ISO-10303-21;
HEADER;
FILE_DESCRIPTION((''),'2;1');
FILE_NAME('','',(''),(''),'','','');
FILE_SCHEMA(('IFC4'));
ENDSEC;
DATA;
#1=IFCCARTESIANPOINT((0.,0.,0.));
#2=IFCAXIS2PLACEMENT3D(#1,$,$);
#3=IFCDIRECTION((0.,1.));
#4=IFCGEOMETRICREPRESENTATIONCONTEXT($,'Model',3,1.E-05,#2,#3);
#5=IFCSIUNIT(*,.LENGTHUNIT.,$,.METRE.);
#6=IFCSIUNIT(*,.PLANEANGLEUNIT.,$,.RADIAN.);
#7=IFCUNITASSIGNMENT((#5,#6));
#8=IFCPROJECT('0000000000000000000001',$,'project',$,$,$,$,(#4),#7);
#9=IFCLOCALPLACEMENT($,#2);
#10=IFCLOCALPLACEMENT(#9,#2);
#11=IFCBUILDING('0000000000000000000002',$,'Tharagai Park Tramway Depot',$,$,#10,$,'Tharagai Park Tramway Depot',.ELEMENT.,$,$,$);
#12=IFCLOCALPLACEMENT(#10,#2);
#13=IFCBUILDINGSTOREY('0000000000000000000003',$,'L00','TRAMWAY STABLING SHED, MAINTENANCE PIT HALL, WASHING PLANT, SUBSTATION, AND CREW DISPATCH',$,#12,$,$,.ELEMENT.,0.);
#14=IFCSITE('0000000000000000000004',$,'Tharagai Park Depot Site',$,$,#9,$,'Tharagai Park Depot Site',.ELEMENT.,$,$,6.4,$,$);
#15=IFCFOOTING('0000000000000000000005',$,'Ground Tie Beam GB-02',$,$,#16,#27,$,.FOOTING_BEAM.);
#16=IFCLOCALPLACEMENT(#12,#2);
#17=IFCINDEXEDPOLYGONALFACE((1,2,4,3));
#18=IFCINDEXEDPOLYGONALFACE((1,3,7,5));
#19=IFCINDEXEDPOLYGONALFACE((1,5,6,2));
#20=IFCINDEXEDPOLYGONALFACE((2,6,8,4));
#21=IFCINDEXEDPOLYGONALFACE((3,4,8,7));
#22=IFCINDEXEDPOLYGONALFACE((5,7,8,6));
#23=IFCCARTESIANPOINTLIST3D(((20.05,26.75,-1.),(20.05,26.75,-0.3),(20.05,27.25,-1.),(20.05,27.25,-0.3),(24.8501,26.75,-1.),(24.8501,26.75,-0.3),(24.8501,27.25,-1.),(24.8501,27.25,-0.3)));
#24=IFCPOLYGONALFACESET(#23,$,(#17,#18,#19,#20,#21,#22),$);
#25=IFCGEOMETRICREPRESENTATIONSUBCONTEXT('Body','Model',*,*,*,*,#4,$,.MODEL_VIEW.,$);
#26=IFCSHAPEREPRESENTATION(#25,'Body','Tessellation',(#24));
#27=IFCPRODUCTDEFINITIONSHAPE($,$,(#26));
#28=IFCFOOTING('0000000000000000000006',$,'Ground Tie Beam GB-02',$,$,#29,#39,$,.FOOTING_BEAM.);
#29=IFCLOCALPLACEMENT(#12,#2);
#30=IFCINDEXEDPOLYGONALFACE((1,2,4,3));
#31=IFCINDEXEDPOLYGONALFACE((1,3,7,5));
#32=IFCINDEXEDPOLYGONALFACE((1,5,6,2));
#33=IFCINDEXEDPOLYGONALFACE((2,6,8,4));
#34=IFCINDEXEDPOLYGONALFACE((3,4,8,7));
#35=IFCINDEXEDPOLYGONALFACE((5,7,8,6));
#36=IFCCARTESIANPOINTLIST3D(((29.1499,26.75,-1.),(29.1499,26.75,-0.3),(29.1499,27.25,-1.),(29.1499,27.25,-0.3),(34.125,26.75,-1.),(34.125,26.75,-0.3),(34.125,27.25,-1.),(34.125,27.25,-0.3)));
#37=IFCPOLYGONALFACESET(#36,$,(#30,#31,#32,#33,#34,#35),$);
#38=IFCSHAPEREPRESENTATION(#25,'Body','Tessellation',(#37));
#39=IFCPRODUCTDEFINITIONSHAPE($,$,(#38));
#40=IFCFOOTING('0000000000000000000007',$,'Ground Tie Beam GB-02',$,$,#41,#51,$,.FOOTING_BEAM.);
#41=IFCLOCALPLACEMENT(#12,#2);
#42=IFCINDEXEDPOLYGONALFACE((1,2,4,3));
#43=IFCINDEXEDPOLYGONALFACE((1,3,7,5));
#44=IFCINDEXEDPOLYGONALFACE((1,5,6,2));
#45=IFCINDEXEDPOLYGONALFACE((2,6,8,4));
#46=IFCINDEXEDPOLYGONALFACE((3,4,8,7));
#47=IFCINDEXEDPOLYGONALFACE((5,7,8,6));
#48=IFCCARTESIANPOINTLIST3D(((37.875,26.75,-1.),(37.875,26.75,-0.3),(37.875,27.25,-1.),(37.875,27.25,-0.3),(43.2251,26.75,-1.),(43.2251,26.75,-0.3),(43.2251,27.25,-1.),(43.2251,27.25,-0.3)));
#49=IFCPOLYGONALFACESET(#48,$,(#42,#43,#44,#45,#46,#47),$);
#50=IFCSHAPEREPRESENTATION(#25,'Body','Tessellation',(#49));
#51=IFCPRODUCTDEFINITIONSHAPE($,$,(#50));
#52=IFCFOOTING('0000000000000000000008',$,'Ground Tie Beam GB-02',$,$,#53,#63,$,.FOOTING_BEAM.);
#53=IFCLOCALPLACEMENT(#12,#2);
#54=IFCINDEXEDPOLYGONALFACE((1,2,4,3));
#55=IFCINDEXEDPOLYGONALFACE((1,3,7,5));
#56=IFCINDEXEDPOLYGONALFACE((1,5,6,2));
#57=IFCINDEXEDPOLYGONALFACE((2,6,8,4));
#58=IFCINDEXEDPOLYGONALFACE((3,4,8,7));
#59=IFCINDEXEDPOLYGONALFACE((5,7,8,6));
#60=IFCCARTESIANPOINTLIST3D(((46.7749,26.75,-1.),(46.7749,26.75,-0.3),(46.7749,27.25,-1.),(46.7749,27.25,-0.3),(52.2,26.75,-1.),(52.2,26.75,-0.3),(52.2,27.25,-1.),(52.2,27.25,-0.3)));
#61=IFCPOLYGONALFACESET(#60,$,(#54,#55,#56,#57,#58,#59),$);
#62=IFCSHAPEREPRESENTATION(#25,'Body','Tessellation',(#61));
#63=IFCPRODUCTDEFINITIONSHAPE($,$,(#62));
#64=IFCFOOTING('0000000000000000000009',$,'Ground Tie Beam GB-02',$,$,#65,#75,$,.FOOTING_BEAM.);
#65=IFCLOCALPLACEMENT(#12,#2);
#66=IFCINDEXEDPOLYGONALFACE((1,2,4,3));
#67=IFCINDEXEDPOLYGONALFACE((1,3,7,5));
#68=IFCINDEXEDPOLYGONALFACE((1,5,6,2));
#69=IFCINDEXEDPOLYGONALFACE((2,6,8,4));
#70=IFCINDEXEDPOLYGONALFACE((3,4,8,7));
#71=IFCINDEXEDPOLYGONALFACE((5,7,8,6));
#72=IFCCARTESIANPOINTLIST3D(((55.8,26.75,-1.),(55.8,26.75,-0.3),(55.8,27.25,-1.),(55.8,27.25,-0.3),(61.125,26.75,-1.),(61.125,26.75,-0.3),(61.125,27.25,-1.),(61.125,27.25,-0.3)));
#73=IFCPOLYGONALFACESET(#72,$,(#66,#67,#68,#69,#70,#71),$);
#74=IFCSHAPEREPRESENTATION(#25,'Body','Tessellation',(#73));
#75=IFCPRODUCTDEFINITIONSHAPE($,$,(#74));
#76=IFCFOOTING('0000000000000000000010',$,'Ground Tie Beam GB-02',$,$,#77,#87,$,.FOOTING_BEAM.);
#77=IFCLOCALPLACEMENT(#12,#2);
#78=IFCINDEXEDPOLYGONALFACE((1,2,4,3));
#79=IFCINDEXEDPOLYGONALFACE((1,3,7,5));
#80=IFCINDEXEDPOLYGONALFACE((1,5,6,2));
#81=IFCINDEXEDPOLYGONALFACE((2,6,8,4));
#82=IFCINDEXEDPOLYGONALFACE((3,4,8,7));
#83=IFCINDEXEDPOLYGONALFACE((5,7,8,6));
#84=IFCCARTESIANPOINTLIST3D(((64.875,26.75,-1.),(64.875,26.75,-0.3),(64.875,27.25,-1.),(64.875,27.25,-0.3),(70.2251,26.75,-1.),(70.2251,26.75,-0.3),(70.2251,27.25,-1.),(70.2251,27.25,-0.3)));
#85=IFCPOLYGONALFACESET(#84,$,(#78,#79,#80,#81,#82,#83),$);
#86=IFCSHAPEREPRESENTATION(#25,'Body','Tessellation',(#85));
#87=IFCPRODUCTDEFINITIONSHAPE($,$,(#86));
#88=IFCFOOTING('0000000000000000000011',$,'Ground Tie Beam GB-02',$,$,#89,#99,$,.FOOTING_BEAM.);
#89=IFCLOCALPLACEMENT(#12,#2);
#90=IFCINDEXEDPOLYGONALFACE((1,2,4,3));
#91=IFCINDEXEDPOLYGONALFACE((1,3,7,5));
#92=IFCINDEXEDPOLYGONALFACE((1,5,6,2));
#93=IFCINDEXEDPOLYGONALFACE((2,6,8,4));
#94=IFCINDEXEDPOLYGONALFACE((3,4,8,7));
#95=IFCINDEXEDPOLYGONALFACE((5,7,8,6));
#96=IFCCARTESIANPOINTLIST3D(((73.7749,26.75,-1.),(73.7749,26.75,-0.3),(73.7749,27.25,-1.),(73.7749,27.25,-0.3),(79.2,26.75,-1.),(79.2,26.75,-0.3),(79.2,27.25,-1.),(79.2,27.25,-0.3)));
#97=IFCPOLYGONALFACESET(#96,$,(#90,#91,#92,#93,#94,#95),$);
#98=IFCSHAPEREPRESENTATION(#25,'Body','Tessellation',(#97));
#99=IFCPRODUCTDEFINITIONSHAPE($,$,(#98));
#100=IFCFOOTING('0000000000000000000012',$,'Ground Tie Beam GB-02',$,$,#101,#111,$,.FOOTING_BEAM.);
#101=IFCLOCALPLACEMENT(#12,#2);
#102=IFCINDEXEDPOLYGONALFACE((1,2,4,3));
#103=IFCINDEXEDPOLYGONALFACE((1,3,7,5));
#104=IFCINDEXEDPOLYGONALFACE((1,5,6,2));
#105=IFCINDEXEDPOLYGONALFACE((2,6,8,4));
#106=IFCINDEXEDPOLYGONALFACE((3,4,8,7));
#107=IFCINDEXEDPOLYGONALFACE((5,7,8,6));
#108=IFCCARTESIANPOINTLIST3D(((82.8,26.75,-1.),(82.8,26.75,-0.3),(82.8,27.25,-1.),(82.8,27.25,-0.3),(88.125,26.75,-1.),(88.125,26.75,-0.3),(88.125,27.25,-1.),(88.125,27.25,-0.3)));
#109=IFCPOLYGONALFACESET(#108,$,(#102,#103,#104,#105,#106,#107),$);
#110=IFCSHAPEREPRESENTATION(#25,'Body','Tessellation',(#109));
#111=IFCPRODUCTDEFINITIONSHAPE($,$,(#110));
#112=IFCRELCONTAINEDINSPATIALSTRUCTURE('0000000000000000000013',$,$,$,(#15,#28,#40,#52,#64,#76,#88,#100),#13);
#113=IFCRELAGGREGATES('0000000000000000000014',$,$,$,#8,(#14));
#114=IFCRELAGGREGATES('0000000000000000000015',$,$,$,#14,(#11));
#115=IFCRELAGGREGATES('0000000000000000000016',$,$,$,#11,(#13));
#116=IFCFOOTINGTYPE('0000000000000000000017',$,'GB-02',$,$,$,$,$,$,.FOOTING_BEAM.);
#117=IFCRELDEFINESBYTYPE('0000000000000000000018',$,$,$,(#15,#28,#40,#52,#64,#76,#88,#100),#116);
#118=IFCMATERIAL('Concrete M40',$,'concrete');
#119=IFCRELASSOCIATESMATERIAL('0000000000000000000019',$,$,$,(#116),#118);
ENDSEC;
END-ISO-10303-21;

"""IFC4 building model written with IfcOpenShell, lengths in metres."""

from ifc_helpers import new_model, si_unit, direction, frame, origin, place, context, subcontext, project, spatial, polyline, outline, extrude, material, type_object, element, save


model = new_model("IFC4")

# Units and contexts
model_context = context("Model", 3, precision=1e-05, world=origin(), true_north=direction((0.0, 1.0)))
body_context = subcontext(model_context, "Body", "Model", "MODEL_VIEW")
ifc_project = project(units=[si_unit("LENGTHUNIT", "METRE"), si_unit("PLANEANGLEUNIT", "RADIAN")], contexts=[model_context])

# Site, building, storey
site_placement = place(None, origin())
site = spatial("IfcSite", under=ifc_project, at=site_placement, Name="Tharagai Park Depot Site", LongName="Tharagai Park Depot Site", CompositionType="ELEMENT", RefElevation=6.4)
building_placement = place(site_placement, origin())
building = spatial("IfcBuilding", under=site, at=building_placement, Name="Tharagai Park Tramway Depot", LongName="Tharagai Park Tramway Depot", CompositionType="ELEMENT")
storey_placement = place(building_placement, origin())
storey = spatial("IfcBuildingStorey", under=building, at=storey_placement, Name="L00", Description="TRAMWAY STABLING SHED, MAINTENANCE PIT HALL, WASHING PLANT, SUBSTATION, AND CREW DISPATCH", CompositionType="ELEMENT", Elevation=0.0)

# Footings
ifc_material = material(Name="Concrete M40", Category="concrete")
footing_type = type_object("IfcFootingType", Name="GB-02", PredefinedType="FOOTING_BEAM", material=ifc_material)
footing_1_placement = place(storey_placement, frame((0.0, 0.0, -1.0)))
element("IfcFooting", 1, at=footing_1_placement, inside=storey, type_object=footing_type, Name="Ground Tie Beam GB-02", PredefinedType="FOOTING_BEAM", context=body_context, shape_type="SweptSolid", body=[
    extrude(outline(polyline([(20.05, 26.75), (24.8501, 26.75), (24.8501, 27.25), (20.05, 27.25), (20.05, 26.75)])), origin(), (0.0, 0.0, 1.0), 0.7),
])
footing_2_placement = place(storey_placement, frame((0.0, 0.0, -1.0)))
element("IfcFooting", 2, at=footing_2_placement, inside=storey, type_object=footing_type, Name="Ground Tie Beam GB-02", PredefinedType="FOOTING_BEAM", context=body_context, shape_type="SweptSolid", body=[
    extrude(outline(polyline([(29.1499, 26.75), (34.125, 26.75), (34.125, 27.25), (29.1499, 27.25), (29.1499, 26.75)])), origin(), (0.0, 0.0, 1.0), 0.7),
])
footing_3_placement = place(storey_placement, frame((0.0, 0.0, -1.0)))
element("IfcFooting", 3, at=footing_3_placement, inside=storey, type_object=footing_type, Name="Ground Tie Beam GB-02", PredefinedType="FOOTING_BEAM", context=body_context, shape_type="SweptSolid", body=[
    extrude(outline(polyline([(37.875, 26.75), (43.2251, 26.75), (43.2251, 27.25), (37.875, 27.25), (37.875, 26.75)])), origin(), (0.0, 0.0, 1.0), 0.7),
])
footing_4_placement = place(storey_placement, frame((0.0, 0.0, -1.0)))
element("IfcFooting", 4, at=footing_4_placement, inside=storey, type_object=footing_type, Name="Ground Tie Beam GB-02", PredefinedType="FOOTING_BEAM", context=body_context, shape_type="SweptSolid", body=[
    extrude(outline(polyline([(46.7749, 26.75), (52.2, 26.75), (52.2, 27.25), (46.7749, 27.25), (46.7749, 26.75)])), origin(), (0.0, 0.0, 1.0), 0.7),
])
footing_5_placement = place(storey_placement, frame((0.0, 0.0, -1.0)))
element("IfcFooting", 5, at=footing_5_placement, inside=storey, type_object=footing_type, Name="Ground Tie Beam GB-02", PredefinedType="FOOTING_BEAM", context=body_context, shape_type="SweptSolid", body=[
    extrude(outline(polyline([(55.8, 26.75), (61.125, 26.75), (61.125, 27.25), (55.8, 27.25), (55.8, 26.75)])), origin(), (0.0, 0.0, 1.0), 0.7),
])
footing_6_placement = place(storey_placement, frame((0.0, 0.0, -1.0)))
element("IfcFooting", 6, at=footing_6_placement, inside=storey, type_object=footing_type, Name="Ground Tie Beam GB-02", PredefinedType="FOOTING_BEAM", context=body_context, shape_type="SweptSolid", body=[
    extrude(outline(polyline([(64.875, 26.75), (70.2251, 26.75), (70.2251, 27.25), (64.875, 27.25), (64.875, 26.75)])), origin(), (0.0, 0.0, 1.0), 0.7),
])
footing_7_placement = place(storey_placement, frame((0.0, 0.0, -1.0)))
element("IfcFooting", 7, at=footing_7_placement, inside=storey, type_object=footing_type, Name="Ground Tie Beam GB-02", PredefinedType="FOOTING_BEAM", context=body_context, shape_type="SweptSolid", body=[
    extrude(outline(polyline([(73.7749, 26.75), (79.2, 26.75), (79.2, 27.25), (73.7749, 27.25), (73.7749, 26.75)])), origin(), (0.0, 0.0, 1.0), 0.7),
])
footing_8_placement = place(storey_placement, frame((0.0, 0.0, -1.0)))
element("IfcFooting", 8, at=footing_8_placement, inside=storey, type_object=footing_type, Name="Ground Tie Beam GB-02", PredefinedType="FOOTING_BEAM", context=body_context, shape_type="SweptSolid", body=[
    extrude(outline(polyline([(82.8, 26.75), (88.125, 26.75), (88.125, 27.25), (82.8, 27.25), (82.8, 26.75)])), origin(), (0.0, 0.0, 1.0), 0.7),
])

save(model, "model.ifc")
